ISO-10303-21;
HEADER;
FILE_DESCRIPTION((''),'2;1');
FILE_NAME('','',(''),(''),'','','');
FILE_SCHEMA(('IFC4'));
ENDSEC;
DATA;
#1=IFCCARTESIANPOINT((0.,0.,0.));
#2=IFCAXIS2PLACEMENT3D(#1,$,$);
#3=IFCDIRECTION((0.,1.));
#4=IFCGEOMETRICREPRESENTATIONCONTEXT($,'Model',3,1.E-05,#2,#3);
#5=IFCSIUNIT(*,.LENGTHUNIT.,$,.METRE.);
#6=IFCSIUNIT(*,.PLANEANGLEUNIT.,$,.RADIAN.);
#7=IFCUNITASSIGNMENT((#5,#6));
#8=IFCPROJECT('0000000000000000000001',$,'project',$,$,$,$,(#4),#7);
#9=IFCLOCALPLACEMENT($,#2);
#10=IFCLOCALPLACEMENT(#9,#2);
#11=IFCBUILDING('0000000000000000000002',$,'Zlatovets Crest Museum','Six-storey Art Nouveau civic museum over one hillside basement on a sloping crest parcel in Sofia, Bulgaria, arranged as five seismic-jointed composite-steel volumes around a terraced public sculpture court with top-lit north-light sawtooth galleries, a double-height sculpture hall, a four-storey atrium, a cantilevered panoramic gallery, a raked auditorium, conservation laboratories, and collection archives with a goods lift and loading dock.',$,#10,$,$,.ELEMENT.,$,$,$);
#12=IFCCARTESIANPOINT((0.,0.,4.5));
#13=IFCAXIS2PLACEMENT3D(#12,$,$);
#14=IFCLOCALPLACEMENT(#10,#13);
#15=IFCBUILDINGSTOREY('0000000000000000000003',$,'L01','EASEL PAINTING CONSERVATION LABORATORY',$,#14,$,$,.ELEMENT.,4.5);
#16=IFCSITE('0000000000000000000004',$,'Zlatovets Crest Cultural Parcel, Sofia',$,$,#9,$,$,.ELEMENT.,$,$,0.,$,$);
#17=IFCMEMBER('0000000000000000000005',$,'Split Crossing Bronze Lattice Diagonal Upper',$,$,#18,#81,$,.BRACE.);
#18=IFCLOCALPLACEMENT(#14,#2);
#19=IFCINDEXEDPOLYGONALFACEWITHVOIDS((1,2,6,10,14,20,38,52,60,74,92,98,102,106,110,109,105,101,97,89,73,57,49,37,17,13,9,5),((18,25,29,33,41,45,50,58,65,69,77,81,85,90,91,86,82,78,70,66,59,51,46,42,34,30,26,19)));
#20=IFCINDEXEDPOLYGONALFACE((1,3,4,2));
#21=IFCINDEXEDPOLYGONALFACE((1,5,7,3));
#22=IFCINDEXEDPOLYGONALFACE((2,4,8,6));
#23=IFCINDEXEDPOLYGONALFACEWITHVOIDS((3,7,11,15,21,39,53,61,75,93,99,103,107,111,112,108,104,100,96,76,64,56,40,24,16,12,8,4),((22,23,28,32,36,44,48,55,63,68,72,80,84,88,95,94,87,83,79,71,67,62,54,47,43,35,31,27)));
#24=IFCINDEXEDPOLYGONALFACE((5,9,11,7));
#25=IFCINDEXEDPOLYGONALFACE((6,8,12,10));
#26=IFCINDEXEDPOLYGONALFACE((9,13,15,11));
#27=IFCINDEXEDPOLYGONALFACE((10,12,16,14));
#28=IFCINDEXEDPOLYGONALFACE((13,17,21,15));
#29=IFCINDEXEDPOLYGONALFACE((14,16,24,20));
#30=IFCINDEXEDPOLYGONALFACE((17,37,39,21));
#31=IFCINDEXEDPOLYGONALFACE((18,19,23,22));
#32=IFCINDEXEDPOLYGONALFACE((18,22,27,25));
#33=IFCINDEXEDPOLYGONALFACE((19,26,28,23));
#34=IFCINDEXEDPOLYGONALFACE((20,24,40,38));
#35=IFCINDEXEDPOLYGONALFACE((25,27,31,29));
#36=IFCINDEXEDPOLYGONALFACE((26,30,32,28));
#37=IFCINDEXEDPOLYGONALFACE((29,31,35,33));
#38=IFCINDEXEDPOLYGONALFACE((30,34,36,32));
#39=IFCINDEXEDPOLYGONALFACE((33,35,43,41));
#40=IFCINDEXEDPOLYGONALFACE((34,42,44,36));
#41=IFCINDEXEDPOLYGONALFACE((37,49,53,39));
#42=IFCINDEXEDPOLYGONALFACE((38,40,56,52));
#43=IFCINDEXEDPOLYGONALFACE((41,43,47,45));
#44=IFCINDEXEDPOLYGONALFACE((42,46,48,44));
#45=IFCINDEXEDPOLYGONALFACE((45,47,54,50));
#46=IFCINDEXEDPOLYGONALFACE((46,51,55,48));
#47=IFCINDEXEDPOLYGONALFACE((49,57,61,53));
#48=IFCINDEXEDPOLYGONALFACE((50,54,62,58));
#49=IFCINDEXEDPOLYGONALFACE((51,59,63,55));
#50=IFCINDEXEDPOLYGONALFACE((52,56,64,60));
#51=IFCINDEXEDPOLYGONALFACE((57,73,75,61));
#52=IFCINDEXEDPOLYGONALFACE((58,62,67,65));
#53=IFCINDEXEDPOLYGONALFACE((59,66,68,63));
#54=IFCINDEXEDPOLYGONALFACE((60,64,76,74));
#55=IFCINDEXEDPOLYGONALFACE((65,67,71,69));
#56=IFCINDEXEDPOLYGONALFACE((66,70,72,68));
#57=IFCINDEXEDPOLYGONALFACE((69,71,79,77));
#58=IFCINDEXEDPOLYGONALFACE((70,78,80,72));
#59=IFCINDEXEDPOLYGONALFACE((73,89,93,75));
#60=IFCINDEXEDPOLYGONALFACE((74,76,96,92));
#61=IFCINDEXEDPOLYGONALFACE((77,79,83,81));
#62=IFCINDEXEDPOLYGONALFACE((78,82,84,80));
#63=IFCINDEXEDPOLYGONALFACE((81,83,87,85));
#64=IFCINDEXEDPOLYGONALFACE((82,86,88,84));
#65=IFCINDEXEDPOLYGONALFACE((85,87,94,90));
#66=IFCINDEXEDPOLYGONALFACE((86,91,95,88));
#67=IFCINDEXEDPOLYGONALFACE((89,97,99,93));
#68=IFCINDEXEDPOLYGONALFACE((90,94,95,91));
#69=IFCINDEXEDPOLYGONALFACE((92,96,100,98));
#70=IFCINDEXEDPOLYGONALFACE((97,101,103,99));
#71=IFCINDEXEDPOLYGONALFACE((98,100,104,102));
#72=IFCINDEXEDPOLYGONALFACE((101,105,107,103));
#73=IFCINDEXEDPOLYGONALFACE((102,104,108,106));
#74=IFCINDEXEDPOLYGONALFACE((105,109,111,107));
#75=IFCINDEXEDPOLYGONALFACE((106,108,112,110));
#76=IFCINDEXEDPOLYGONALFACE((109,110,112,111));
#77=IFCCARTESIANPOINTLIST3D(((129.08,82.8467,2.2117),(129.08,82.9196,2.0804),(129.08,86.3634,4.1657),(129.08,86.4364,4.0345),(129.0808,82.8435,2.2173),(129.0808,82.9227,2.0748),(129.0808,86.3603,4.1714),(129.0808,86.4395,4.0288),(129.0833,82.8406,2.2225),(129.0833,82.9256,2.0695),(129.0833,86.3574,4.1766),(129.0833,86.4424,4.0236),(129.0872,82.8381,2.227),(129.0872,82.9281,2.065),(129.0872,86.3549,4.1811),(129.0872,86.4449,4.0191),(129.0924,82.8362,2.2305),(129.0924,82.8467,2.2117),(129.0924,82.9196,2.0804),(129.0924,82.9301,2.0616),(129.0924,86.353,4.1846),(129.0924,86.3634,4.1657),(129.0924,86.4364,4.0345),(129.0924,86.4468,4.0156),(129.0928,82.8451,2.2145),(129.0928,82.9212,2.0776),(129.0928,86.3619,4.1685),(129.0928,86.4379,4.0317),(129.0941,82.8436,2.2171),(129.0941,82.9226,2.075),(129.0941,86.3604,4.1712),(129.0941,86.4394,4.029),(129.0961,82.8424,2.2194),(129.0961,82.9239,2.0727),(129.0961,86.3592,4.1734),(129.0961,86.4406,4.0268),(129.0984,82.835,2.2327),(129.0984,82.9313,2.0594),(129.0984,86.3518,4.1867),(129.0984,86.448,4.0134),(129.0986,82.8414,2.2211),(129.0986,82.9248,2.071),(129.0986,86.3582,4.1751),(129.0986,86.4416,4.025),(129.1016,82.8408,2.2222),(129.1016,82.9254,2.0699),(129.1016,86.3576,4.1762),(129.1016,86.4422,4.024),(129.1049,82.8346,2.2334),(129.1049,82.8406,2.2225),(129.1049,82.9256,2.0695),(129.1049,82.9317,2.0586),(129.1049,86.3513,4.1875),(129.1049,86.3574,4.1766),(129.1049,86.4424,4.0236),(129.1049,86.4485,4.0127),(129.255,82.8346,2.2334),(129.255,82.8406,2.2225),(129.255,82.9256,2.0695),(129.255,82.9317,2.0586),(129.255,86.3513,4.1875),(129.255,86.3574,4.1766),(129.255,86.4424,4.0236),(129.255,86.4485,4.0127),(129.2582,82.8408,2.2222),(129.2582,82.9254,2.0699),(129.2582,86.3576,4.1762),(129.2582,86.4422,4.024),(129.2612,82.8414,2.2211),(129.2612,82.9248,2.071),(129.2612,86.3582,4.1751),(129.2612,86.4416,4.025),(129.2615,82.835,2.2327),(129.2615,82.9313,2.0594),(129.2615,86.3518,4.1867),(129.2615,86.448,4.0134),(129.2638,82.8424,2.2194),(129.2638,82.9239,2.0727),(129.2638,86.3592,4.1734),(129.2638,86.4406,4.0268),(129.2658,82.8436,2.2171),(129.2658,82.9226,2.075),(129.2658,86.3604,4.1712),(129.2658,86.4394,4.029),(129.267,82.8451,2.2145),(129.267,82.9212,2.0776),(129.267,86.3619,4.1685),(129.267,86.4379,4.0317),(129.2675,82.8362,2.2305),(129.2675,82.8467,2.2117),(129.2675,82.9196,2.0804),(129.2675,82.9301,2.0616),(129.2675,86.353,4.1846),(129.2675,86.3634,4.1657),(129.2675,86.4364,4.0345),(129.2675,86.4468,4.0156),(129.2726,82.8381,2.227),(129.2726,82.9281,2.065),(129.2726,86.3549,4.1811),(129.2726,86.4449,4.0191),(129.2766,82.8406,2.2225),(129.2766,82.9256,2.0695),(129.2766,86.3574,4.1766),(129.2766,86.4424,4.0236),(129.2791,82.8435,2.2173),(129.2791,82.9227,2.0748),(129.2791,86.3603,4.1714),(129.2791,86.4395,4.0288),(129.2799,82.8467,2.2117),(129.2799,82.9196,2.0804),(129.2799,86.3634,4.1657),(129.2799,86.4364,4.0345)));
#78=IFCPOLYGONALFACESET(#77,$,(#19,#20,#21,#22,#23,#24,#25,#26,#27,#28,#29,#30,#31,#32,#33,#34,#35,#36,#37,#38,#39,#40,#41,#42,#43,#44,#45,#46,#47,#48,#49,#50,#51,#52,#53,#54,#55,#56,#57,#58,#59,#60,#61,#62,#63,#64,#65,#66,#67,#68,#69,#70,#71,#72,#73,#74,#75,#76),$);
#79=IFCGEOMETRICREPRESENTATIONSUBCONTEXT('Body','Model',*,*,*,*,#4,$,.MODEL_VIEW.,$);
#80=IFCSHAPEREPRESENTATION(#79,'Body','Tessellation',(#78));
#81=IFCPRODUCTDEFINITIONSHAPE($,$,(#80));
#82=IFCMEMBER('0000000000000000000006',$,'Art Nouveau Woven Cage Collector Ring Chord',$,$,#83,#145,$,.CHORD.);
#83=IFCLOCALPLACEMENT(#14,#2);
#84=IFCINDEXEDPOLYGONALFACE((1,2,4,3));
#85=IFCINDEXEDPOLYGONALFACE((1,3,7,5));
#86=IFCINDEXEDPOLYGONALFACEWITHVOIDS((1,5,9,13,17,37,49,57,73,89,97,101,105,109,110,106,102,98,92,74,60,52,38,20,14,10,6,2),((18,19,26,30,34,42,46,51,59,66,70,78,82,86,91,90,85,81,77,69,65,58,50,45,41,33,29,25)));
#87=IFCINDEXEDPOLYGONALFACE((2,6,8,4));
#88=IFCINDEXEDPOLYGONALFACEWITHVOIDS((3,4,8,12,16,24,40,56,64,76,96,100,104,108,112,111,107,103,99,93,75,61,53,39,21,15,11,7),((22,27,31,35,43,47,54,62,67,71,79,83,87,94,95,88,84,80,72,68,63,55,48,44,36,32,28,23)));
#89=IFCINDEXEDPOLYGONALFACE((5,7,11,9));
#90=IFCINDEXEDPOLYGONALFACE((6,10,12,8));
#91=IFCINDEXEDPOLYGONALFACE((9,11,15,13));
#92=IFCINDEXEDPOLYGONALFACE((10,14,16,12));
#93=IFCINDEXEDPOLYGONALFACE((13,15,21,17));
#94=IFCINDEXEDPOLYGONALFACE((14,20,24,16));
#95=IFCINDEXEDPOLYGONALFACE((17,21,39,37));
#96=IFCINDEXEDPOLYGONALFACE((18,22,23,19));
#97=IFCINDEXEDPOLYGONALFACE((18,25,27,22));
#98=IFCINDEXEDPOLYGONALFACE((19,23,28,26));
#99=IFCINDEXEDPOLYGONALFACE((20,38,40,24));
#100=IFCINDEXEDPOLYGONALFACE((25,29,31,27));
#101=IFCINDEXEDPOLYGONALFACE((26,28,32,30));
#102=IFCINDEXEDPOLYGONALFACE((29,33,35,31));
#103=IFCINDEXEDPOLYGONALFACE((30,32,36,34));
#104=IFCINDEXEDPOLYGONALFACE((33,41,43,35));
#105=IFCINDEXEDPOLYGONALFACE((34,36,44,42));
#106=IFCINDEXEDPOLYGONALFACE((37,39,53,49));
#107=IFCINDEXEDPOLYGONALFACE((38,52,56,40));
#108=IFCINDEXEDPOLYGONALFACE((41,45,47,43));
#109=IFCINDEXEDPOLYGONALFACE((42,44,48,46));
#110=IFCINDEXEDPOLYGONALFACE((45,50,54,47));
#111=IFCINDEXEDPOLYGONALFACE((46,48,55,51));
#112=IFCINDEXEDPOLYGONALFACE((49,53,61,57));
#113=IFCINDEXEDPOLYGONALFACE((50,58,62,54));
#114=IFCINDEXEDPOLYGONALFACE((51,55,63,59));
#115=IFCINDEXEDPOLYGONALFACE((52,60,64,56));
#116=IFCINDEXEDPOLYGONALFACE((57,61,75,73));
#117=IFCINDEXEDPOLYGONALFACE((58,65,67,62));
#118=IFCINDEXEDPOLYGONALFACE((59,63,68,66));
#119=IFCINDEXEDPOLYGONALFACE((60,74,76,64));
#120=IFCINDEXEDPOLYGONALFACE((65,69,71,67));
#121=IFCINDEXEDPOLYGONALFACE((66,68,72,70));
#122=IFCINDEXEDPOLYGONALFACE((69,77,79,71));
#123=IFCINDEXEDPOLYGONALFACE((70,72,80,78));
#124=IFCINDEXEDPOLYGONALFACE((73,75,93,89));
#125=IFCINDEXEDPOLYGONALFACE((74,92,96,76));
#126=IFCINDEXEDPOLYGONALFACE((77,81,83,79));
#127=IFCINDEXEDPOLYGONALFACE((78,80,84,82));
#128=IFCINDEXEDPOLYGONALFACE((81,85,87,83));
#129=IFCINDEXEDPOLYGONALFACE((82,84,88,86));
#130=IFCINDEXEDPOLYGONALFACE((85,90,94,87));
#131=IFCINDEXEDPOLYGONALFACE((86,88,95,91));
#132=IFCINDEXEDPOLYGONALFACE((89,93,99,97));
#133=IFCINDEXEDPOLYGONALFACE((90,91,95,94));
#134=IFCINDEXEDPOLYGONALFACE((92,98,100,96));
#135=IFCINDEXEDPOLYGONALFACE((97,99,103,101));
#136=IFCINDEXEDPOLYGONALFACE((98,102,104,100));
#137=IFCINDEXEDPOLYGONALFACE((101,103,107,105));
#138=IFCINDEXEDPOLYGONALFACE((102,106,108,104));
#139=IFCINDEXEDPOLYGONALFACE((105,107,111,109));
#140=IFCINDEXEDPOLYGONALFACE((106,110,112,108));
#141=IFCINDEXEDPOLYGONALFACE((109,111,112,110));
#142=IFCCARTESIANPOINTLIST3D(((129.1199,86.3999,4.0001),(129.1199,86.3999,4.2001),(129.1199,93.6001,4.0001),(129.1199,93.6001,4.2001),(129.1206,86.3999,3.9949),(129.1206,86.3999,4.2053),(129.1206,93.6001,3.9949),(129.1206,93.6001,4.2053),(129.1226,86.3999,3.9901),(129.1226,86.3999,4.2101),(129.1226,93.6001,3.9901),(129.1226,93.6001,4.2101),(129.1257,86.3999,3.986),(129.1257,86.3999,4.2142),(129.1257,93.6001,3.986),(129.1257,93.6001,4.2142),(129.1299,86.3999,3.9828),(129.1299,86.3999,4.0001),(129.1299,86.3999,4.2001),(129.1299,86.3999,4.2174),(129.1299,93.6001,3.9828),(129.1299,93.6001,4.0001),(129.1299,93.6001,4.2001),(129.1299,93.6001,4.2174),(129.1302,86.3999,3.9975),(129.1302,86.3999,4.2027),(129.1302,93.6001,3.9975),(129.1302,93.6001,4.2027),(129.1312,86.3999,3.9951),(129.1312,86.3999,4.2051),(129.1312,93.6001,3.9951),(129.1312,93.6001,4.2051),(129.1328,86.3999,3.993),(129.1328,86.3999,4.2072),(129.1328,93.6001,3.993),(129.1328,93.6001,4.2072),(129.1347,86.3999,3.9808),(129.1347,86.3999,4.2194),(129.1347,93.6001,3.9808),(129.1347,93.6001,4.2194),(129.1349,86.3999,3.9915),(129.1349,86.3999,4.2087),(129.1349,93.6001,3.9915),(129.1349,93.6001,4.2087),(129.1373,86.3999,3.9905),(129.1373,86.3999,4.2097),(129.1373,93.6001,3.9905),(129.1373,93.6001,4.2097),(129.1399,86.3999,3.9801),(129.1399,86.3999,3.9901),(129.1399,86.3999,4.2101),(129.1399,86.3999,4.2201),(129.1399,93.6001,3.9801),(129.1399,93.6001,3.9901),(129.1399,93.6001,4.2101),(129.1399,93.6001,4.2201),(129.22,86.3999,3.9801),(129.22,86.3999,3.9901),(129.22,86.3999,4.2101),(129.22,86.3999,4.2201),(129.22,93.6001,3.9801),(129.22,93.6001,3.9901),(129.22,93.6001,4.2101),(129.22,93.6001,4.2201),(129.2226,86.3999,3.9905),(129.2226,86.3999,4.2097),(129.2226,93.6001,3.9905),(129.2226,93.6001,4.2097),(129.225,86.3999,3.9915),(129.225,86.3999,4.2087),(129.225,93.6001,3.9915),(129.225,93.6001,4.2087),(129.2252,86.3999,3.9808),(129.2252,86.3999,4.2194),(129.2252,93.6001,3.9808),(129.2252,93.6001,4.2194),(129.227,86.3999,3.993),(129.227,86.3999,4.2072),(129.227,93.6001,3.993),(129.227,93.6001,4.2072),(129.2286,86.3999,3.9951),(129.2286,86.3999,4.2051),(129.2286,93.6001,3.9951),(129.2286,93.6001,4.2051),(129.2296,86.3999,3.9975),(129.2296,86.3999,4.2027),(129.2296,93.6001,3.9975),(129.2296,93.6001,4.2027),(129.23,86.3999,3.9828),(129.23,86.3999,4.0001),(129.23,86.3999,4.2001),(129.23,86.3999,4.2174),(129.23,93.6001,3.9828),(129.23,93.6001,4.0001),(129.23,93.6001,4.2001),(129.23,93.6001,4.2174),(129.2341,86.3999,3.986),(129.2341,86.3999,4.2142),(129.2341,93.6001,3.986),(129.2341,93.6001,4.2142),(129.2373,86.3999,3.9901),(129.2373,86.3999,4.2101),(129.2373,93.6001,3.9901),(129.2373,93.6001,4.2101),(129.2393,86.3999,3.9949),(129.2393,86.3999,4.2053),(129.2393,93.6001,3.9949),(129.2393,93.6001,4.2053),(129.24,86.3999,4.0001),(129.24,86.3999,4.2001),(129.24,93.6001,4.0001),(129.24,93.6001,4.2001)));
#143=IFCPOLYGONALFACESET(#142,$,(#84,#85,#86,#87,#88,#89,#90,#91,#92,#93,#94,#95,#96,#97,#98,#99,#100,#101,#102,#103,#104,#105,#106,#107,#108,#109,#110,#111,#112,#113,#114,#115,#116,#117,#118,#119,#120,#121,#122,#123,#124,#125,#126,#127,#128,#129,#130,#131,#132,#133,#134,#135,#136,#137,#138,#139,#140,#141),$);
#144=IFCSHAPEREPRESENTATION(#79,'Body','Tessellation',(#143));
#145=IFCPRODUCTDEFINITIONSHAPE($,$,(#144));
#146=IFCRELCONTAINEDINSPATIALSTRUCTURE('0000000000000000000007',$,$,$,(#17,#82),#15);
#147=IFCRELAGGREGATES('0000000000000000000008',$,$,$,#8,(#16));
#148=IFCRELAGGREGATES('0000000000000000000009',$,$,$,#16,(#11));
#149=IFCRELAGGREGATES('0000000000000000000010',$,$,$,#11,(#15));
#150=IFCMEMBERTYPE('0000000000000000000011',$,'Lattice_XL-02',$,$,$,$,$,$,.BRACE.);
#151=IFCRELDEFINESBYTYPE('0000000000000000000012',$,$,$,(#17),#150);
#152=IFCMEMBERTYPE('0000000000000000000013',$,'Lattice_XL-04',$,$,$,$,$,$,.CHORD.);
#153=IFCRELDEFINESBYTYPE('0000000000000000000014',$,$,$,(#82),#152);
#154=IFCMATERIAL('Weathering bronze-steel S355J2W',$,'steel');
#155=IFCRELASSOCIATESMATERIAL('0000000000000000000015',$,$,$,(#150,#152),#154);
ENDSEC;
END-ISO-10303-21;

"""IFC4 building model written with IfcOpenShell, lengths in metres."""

from ifc_helpers import new_model, si_unit, direction, frame, origin, origin_2d, place, context, subcontext, project, spatial, hollow_rectangle, extrude, material, material_profile, profile_set, type_object, element, save


model = new_model("IFC4")

# Units and contexts
model_context = context("Model", 3, precision=1e-05, world=origin(), true_north=direction((0.0, 1.0)))
body_context = subcontext(model_context, "Body", "Model", "MODEL_VIEW")
ifc_project = project(units=[si_unit("LENGTHUNIT", "METRE"), si_unit("PLANEANGLEUNIT", "RADIAN")], contexts=[model_context])

# Site, building, storey
site_placement = place(None, origin())
site = spatial("IfcSite", under=ifc_project, at=site_placement, Name="Zlatovets Crest Cultural Parcel, Sofia", CompositionType="ELEMENT", RefElevation=0.0)
building_placement = place(site_placement, origin())
building = spatial("IfcBuilding", under=site, at=building_placement, Name="Zlatovets Crest Museum", Description="Six-storey Art Nouveau civic museum over one hillside basement on a sloping crest parcel in Sofia, Bulgaria, arranged as five seismic-jointed composite-steel volumes around a terraced public sculpture court with top-lit north-light sawtooth galleries, a double-height sculpture hall, a four-storey atrium, a cantilevered panoramic gallery, a raked auditorium, conservation laboratories, and collection archives with a goods lift and loading dock.", CompositionType="ELEMENT")
storey_placement = place(building_placement, frame((0.0, 0.0, 4.5)))
storey = spatial("IfcBuildingStorey", under=building, at=storey_placement, Name="L01", Description="EASEL PAINTING CONSERVATION LABORATORY", CompositionType="ELEMENT", Elevation=4.5)

# Members
ifc_material_1 = material(Name="Weathering bronze-steel S355J2W", Category="steel")
ifc_material_profile_1 = material_profile(ifc_material_1, hollow_rectangle(XDim=0.2, YDim=0.2, WallThickness=0.0125, InnerFilletRadius=0.0125, OuterFilletRadius=0.0249, at=origin_2d()), Name="SHS 200x200x12.5")
ifc_profile_set_1 = profile_set([ifc_material_profile_1], Name="Weathering bronze-steel S355J2W")
member_type_1 = type_object("IfcMemberType", Name="Lattice_XL-02", PredefinedType="BRACE", material=ifc_profile_set_1)
member_1_placement = place(storey_placement, frame((129.1799, 86.3999, 4.1001), z_axis=(0.0, -0.874126, -0.4857), x_axis=(1.0, 0.0, 0.0)))
element("IfcMember", 1, at=member_1_placement, inside=storey, type_object=member_type_1, Name="Split Crossing Bronze Lattice Diagonal Upper", PredefinedType="BRACE", context=body_context, shape_type="SweptSolid", body=[
    extrude(hollow_rectangle(XDim=0.2, YDim=0.2, WallThickness=0.0125, InnerFilletRadius=0.0125, OuterFilletRadius=0.0249, at=origin_2d()), origin(), (0.0, 0.0, 1.0), 4.0232),
])
ifc_material_profile_2 = material_profile(ifc_material_1, hollow_rectangle(XDim=0.1201, YDim=0.24, WallThickness=0.01, InnerFilletRadius=0.01, OuterFilletRadius=0.02, at=origin_2d()), Name="RHS 120x240x10.0")
ifc_profile_set_2 = profile_set([ifc_material_profile_2], Name="Weathering bronze-steel S355J2W")
member_type_2 = type_object("IfcMemberType", Name="Lattice_XL-04", PredefinedType="CHORD", material=ifc_profile_set_2)
member_2_placement = place(storey_placement, frame((129.1799, 93.6001, 4.1001), z_axis=(0.0, -1.0, 0.0), x_axis=(1.0, 0.0, 0.0)))
element("IfcMember", 2, at=member_2_placement, inside=storey, type_object=member_type_2, Name="Art Nouveau Woven Cage Collector Ring Chord", PredefinedType="CHORD", context=body_context, shape_type="SweptSolid", body=[
    extrude(hollow_rectangle(XDim=0.1201, YDim=0.24, WallThickness=0.01, InnerFilletRadius=0.01, OuterFilletRadius=0.02, at=origin_2d()), origin(), (0.0, 0.0, 1.0), 7.2002),
])

save(model, "model.ifc")
